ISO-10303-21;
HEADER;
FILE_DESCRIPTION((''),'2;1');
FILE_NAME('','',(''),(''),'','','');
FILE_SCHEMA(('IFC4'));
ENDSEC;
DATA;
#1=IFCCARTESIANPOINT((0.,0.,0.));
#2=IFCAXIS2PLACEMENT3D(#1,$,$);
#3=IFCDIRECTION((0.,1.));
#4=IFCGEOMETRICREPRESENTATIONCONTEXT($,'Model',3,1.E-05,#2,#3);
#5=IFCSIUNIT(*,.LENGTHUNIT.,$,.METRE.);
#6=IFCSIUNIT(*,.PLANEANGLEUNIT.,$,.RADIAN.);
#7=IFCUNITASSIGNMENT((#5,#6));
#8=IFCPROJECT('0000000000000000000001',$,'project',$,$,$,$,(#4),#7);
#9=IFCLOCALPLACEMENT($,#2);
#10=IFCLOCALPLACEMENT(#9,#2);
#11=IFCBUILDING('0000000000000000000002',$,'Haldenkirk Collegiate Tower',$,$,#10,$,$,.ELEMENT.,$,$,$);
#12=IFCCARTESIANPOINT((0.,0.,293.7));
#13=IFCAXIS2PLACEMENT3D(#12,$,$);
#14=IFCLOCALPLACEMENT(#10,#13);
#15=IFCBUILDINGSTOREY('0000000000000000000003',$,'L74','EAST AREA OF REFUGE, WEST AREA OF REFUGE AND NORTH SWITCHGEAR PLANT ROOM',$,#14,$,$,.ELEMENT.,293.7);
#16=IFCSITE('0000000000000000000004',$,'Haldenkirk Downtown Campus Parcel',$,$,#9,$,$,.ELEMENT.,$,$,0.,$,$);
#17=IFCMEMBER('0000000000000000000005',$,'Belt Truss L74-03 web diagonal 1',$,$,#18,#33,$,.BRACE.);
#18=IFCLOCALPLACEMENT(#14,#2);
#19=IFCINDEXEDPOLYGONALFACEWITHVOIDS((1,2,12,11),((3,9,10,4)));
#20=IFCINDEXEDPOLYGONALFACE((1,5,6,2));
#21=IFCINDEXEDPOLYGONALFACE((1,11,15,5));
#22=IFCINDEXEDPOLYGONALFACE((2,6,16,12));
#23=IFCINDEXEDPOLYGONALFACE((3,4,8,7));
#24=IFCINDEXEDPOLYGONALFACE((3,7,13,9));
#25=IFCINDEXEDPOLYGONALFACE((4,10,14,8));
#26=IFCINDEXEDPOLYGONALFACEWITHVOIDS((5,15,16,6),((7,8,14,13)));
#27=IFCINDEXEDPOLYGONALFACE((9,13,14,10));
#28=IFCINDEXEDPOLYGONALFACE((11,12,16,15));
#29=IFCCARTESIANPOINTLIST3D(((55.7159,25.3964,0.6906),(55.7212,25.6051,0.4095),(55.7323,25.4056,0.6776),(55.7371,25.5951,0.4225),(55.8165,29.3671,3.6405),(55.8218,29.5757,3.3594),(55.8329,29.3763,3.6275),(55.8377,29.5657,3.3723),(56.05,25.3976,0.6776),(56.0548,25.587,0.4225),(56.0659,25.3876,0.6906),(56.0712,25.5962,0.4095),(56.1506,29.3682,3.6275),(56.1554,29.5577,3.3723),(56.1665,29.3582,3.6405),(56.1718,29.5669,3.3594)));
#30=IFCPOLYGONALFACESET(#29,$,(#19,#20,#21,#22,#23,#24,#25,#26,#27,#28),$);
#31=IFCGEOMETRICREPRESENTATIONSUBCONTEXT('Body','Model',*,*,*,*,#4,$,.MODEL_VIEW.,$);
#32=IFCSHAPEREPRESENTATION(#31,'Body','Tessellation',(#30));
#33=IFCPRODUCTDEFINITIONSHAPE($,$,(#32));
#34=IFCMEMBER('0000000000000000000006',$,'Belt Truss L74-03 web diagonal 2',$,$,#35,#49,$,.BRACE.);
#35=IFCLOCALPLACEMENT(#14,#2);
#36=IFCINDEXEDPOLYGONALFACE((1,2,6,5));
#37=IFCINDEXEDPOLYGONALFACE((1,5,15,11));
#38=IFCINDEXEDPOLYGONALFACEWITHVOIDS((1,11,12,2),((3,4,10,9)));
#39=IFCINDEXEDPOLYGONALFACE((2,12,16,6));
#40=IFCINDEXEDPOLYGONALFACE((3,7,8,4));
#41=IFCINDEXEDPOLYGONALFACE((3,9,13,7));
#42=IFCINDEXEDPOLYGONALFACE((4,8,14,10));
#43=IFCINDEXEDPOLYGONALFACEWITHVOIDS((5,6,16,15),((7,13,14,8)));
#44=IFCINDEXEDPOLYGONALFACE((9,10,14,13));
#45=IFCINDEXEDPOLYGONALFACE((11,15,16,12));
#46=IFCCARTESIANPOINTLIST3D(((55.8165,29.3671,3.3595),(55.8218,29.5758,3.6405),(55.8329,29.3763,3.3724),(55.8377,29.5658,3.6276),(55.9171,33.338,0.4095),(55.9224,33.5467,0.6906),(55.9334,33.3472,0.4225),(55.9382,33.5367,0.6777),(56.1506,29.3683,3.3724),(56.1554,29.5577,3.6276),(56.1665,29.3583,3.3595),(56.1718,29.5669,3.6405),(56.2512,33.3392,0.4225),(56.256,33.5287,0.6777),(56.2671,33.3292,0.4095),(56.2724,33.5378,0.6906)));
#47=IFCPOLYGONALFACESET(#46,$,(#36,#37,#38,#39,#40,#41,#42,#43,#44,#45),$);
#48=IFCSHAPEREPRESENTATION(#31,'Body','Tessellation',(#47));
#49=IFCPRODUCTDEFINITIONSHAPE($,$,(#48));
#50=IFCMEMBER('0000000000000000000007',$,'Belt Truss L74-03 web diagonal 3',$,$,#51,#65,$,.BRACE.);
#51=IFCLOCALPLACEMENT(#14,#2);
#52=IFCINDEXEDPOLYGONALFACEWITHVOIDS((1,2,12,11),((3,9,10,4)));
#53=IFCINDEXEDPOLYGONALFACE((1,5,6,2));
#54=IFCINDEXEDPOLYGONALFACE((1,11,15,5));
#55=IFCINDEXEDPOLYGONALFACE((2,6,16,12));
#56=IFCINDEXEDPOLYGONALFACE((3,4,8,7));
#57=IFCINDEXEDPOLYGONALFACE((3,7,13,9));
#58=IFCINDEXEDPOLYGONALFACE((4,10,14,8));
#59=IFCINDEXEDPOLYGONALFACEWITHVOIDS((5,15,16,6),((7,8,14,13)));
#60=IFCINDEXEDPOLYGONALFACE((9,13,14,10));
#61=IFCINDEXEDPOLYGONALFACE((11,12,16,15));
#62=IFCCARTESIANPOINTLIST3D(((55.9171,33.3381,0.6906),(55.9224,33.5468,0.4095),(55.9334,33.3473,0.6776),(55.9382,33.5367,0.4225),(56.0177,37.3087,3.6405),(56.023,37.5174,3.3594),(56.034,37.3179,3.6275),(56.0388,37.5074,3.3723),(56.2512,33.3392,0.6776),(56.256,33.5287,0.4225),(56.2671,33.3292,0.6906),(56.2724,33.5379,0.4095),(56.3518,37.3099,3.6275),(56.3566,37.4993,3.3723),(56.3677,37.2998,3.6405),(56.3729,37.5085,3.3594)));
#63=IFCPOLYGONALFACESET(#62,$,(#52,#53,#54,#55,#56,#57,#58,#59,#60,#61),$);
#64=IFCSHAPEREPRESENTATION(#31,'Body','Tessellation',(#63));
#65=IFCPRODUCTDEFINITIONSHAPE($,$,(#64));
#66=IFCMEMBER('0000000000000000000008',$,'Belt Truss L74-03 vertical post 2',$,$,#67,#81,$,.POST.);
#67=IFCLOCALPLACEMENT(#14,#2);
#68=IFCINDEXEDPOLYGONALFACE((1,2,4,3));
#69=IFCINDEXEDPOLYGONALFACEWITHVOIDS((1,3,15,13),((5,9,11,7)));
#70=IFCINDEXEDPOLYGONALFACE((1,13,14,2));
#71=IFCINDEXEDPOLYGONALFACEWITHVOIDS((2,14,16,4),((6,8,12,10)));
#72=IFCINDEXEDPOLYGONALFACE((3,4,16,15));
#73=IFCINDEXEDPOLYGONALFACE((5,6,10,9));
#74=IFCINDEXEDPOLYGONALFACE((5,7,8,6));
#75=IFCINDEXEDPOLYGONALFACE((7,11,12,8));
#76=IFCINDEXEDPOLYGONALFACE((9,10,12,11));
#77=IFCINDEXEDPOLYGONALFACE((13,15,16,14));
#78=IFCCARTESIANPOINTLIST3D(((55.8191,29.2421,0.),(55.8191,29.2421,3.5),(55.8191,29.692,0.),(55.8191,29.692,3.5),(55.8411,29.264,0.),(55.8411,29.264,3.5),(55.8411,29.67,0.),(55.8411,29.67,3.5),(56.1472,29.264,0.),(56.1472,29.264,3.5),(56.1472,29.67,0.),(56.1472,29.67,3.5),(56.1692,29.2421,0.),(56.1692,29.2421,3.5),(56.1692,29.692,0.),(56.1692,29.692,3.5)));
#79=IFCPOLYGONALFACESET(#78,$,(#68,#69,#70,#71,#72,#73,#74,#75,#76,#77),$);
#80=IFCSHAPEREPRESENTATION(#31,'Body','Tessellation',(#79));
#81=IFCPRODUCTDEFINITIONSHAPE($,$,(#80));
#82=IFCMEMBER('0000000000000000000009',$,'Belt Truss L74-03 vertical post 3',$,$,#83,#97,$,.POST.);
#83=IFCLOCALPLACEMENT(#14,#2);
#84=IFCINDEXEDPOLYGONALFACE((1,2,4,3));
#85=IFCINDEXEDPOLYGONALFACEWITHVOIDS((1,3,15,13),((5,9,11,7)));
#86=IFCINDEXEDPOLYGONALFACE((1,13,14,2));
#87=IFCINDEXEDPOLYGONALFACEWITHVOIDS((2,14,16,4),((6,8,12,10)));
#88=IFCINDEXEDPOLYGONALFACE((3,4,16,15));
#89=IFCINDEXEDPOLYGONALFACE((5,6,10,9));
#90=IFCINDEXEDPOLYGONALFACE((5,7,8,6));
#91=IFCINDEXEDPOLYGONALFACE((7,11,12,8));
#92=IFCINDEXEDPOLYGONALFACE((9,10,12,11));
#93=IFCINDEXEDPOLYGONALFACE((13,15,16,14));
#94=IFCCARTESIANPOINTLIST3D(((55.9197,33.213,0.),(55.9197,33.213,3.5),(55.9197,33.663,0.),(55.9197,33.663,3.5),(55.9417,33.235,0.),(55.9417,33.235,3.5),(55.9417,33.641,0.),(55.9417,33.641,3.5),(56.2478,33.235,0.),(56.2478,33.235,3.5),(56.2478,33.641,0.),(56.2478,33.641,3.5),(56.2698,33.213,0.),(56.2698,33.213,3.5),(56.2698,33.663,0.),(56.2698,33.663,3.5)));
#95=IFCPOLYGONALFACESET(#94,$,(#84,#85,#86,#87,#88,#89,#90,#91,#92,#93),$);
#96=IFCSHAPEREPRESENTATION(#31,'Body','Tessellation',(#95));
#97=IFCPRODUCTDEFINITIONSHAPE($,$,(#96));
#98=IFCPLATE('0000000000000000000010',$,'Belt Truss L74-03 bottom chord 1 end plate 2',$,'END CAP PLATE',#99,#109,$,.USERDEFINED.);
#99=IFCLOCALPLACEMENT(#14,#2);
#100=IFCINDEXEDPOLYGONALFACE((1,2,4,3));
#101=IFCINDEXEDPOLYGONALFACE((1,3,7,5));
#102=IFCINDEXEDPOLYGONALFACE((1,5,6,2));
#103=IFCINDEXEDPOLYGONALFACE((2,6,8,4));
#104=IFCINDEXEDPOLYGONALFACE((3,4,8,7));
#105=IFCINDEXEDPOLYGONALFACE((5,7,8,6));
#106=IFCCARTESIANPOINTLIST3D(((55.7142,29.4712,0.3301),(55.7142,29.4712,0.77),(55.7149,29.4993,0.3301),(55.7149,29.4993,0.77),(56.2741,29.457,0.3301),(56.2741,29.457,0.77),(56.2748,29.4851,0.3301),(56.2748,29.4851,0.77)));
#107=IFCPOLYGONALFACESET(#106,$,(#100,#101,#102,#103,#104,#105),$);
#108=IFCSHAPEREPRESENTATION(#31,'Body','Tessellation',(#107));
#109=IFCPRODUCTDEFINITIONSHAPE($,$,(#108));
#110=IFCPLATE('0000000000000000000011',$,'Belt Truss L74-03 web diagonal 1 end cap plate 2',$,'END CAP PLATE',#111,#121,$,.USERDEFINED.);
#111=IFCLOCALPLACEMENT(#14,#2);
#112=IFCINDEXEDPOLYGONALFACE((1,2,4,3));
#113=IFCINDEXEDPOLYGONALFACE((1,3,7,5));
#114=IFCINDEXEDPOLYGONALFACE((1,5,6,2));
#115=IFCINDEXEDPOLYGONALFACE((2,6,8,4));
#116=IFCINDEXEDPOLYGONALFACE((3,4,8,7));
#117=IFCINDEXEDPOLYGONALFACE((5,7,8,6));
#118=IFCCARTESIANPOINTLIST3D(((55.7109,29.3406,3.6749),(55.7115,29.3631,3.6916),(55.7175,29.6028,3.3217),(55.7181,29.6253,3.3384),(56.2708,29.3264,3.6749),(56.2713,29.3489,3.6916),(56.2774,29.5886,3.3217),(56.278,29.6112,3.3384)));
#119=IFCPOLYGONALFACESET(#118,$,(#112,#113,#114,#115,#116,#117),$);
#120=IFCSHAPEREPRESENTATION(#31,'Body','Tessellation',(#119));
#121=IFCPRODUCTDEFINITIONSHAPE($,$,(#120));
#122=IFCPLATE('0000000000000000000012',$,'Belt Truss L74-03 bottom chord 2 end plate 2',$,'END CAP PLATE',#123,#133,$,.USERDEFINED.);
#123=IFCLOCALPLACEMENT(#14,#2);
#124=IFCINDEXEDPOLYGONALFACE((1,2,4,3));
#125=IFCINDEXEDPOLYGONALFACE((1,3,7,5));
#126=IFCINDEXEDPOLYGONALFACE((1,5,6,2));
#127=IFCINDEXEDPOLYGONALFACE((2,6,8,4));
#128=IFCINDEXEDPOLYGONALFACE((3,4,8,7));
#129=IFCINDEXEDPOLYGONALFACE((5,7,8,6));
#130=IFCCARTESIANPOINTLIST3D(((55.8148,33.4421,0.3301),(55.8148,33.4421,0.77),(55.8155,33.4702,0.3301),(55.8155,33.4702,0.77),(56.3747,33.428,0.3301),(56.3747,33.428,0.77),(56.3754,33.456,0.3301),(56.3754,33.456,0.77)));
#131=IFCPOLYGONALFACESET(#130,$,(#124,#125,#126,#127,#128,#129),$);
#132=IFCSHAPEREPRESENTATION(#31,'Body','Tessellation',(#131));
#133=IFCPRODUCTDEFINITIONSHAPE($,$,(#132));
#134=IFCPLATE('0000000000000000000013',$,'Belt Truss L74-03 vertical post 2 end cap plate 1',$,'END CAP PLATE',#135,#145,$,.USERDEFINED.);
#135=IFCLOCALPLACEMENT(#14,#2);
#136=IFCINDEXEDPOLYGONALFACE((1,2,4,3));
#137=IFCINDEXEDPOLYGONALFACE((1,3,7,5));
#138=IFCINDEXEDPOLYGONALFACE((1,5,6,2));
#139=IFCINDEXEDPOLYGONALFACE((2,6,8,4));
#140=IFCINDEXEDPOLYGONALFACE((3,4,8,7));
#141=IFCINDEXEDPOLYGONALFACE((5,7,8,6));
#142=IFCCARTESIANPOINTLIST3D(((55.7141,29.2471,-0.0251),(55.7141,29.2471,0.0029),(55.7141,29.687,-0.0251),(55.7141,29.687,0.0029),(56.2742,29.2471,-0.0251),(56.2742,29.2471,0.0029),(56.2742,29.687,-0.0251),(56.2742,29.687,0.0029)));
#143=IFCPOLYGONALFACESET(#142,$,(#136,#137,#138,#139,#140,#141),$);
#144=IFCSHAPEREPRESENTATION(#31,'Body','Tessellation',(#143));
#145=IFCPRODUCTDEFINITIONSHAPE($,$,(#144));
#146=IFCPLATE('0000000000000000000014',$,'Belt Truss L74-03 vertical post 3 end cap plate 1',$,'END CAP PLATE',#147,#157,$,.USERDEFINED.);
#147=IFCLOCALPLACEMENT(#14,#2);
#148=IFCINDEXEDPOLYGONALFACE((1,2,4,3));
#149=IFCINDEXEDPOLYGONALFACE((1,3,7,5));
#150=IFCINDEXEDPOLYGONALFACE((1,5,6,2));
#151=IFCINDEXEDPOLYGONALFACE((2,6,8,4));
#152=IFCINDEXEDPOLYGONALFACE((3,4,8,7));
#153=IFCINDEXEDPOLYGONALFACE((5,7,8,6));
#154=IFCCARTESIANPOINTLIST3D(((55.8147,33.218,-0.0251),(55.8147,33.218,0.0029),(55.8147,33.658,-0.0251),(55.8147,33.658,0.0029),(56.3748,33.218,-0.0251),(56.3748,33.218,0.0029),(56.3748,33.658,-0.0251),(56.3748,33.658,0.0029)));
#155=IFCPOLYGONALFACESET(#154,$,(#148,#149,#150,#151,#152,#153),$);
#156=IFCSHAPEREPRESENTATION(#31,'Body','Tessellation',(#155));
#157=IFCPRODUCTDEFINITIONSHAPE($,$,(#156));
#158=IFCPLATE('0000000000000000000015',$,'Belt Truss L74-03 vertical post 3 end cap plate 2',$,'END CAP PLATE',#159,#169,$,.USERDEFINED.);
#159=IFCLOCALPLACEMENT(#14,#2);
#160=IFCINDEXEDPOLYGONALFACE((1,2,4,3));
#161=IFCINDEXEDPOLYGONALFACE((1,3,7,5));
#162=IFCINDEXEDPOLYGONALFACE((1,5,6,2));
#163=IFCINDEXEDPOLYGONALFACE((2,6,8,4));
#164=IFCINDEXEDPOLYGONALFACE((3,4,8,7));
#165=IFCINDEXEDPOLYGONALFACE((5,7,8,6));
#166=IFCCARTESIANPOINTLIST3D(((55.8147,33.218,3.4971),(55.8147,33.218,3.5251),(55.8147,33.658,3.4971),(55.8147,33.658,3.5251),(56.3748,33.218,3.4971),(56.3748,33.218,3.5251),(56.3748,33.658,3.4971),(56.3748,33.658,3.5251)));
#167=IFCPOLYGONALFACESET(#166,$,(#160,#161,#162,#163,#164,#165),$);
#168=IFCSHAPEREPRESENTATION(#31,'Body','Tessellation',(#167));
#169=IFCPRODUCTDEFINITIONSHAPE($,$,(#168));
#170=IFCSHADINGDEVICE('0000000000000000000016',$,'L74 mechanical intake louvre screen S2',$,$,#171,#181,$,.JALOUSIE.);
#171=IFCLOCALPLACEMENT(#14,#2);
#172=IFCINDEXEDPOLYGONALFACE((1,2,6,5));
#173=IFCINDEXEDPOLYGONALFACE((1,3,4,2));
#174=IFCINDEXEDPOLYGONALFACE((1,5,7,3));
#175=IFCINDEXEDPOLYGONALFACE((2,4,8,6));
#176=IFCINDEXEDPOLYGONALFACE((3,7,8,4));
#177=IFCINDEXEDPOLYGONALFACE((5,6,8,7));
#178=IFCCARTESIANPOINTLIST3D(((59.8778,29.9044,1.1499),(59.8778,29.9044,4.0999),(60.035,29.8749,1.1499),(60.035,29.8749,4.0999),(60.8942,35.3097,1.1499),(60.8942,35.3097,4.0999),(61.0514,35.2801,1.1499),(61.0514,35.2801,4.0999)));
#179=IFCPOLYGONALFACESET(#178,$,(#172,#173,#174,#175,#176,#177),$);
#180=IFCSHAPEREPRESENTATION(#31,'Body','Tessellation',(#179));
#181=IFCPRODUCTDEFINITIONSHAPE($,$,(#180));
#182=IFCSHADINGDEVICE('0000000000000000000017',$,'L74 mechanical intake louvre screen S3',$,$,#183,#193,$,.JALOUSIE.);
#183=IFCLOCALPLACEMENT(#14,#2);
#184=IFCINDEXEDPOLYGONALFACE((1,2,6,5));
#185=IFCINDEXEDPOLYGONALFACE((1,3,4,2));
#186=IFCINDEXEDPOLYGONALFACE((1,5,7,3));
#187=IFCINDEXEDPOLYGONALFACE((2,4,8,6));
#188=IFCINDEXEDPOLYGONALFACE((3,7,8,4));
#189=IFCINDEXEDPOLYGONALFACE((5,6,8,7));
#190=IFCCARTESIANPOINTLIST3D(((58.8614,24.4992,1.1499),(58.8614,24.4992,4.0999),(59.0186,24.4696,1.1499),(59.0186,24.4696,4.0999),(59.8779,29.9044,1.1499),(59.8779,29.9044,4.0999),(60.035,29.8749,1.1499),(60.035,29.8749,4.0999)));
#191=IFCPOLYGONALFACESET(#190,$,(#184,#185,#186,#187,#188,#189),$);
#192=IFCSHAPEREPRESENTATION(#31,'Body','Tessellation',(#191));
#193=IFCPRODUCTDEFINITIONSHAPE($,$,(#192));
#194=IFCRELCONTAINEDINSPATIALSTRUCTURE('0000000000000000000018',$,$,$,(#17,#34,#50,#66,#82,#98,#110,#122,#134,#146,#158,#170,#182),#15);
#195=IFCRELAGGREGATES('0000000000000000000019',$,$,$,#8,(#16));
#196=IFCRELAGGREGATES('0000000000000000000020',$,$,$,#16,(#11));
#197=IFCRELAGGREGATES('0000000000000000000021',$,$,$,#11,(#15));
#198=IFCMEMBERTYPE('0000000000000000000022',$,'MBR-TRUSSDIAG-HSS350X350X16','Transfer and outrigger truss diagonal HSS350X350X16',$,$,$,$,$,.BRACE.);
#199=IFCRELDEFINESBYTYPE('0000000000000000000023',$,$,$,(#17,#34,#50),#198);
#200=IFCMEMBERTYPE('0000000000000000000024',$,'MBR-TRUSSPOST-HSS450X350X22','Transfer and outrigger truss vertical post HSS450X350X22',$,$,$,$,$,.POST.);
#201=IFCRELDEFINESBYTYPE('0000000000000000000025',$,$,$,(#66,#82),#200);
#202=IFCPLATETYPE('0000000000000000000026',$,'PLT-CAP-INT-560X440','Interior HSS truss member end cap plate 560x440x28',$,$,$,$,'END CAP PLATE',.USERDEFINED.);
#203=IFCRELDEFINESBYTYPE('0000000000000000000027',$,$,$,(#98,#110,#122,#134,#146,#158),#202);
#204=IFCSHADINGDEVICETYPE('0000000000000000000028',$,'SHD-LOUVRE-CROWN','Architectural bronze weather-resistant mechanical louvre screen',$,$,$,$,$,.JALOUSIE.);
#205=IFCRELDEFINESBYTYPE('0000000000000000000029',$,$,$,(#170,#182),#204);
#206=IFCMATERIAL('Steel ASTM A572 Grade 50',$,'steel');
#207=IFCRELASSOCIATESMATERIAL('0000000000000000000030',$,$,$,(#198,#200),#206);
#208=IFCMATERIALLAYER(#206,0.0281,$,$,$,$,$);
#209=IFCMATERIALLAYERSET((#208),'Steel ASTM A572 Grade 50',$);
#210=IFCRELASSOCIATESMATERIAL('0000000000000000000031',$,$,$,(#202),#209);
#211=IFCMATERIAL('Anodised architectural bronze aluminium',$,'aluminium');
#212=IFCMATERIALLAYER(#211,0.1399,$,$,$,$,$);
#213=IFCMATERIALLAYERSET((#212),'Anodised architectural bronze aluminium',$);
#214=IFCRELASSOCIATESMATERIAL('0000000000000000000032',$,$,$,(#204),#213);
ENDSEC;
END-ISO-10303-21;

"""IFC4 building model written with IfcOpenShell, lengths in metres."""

from ifc_helpers import new_model, si_unit, direction, frame, origin, origin_2d, place, context, subcontext, project, spatial, rectangle, hollow_rectangle, extrude, source, transform, mapped, material, layer, layer_set, material_profile, profile_set, type_object, element, save


model = new_model("IFC4")

# Units and contexts
model_context = context("Model", 3, precision=1e-05, world=origin(), true_north=direction((0.0, 1.0)))
body_context = subcontext(model_context, "Body", "Model", "MODEL_VIEW")
ifc_project = project(units=[si_unit("LENGTHUNIT", "METRE"), si_unit("PLANEANGLEUNIT", "RADIAN")], contexts=[model_context])

# Site, building, storey
site_placement = place(None, origin())
site = spatial("IfcSite", under=ifc_project, at=site_placement, Name="Haldenkirk Downtown Campus Parcel", CompositionType="ELEMENT", RefElevation=0.0)
building_placement = place(site_placement, origin())
building = spatial("IfcBuilding", under=site, at=building_placement, Name="Haldenkirk Collegiate Tower", CompositionType="ELEMENT")
storey_placement = place(building_placement, frame((0.0, 0.0, 293.7)))
storey = spatial("IfcBuildingStorey", under=building, at=storey_placement, Name="L74", Description="EAST AREA OF REFUGE, WEST AREA OF REFUGE AND NORTH SWITCHGEAR PLANT ROOM", CompositionType="ELEMENT", Elevation=293.7)

# Members
ifc_material_1 = material(Name="Steel ASTM A572 Grade 50", Category="steel")
ifc_material_profile_1 = material_profile(ifc_material_1, hollow_rectangle(XDim=0.3501, YDim=0.3501, WallThickness=0.0161, at=origin_2d()), Name="HSS350X350X16")
ifc_profile_set_1 = profile_set([ifc_material_profile_1], Name="Steel ASTM A572 Grade 50")
member_type_1 = type_object("IfcMemberType", Name="MBR-TRUSSDIAG-HSS350X350X16", Description="Transfer and outrigger truss diagonal HSS350X350X16", PredefinedType="BRACE", material=ifc_profile_set_1)
member_1_placement = place(storey_placement, frame((55.8936, 25.4963, 0.55), z_axis=(0.02033, 0.80255, 0.596238), x_axis=(-0.999679, 0.025324, 0.0)))
element("IfcMember", 1, at=member_1_placement, inside=storey, type_object=member_type_1, Name="Belt Truss L74-03 web diagonal 1", PredefinedType="BRACE", context=body_context, shape_type="SweptSolid", body=[
    extrude(hollow_rectangle(XDim=0.3501, YDim=0.3501, WallThickness=0.0161, at=origin_2d()), origin(), (0.0, 0.0, 1.0), 4.9475),
])
member_2_placement = place(storey_placement, frame((55.9941, 29.467, 3.5), z_axis=(0.020329, 0.802568, -0.596214), x_axis=(-0.999679, 0.025322, 0.0)))
element("IfcMember", 2, at=member_2_placement, inside=storey, type_object=member_type_1, Name="Belt Truss L74-03 web diagonal 2", PredefinedType="BRACE", context=body_context, shape_type="SweptSolid", body=[
    extrude(hollow_rectangle(XDim=0.3501, YDim=0.3501, WallThickness=0.0161, at=origin_2d()), origin(), (0.0, 0.0, 1.0), 4.9478),
])
member_3_placement = place(storey_placement, frame((56.0947, 33.438, 0.55), z_axis=(0.02033, 0.80255, 0.596238), x_axis=(-0.999679, 0.025324, 0.0)))
element("IfcMember", 3, at=member_3_placement, inside=storey, type_object=member_type_1, Name="Belt Truss L74-03 web diagonal 3", PredefinedType="BRACE", context=body_context, shape_type="SweptSolid", body=[
    extrude(hollow_rectangle(XDim=0.3501, YDim=0.3501, WallThickness=0.0161, at=origin_2d()), origin(), (0.0, 0.0, 1.0), 4.9475),
])
ifc_material_profile_2 = material_profile(ifc_material_1, hollow_rectangle(XDim=0.3501, YDim=0.45, WallThickness=0.022, at=origin_2d()), Name="HSS450X350X22")
ifc_profile_set_2 = profile_set([ifc_material_profile_2], Name="Steel ASTM A572 Grade 50")
member_type_2 = type_object("IfcMemberType", Name="MBR-TRUSSPOST-HSS450X350X22", Description="Transfer and outrigger truss vertical post HSS450X350X22", PredefinedType="POST", material=ifc_profile_set_2)
for number, where, z_axis, x_axis, name in (
    (4, (55.9941, 29.467, 0.0), (0.0, 0.0, 1.0), (1.0, 0.0, 0.0), "Belt Truss L74-03 vertical post 2"),
    (5, (56.0947, 33.438, 0.0), (0.0, 0.0, 1.0), (1.0, 0.0, 0.0), "Belt Truss L74-03 vertical post 3"),
):
    element("IfcMember", number, at=place(storey_placement, frame(where, z_axis=z_axis, x_axis=x_axis)), inside=storey, type_object=member_type_2, Name=name, PredefinedType="POST", context=body_context, shape_type="SweptSolid", body=[
        extrude(hollow_rectangle(XDim=0.3501, YDim=0.45, WallThickness=0.022, at=origin_2d()), origin(), (0.0, 0.0, 1.0), 3.5),
    ])

# Plates
ifc_layer_1 = layer(ifc_material_1, 0.0281)
ifc_layer_set_1 = layer_set([ifc_layer_1], Name="Steel ASTM A572 Grade 50")
plate_type = type_object("IfcPlateType", Name="PLT-CAP-INT-560X440", Description="Interior HSS truss member end cap plate 560x440x28", ElementType="END CAP PLATE", PredefinedType="USERDEFINED", material=ifc_layer_set_1)
shared_shape_1 = source(origin(), body_context, "Body", "SweptSolid", [
    extrude(rectangle(XDim=0.5601, YDim=0.4399, at=origin_2d()), origin(), (0.0, 0.0, 1.0), 0.0281),
])
for number, where, z_axis, x_axis, name in (
    (6, (55.9941, 29.4641, 0.55), (0.02531, 0.99968, 0.0), (-0.99968, 0.02531, 0.0), "Belt Truss L74-03 bottom chord 1 end plate 2"),
    (7, (55.9941, 29.4646, 3.4983), (0.020313, 0.802546, 0.596245), (-0.99968, 0.025302, 0.0), "Belt Truss L74-03 web diagonal 1 end cap plate 2"),
    (8, (56.0947, 33.4351, 0.55), (0.02531, 0.99968, 0.0), (-0.99968, 0.02531, 0.0), "Belt Truss L74-03 bottom chord 2 end plate 2"),
    (9, (55.9941, 29.467, 0.0029), (0.0, 0.0, -1.0), (1.0, 0.0, 0.0), "Belt Truss L74-03 vertical post 2 end cap plate 1"),
    (10, (56.0947, 33.438, 0.0029), (0.0, 0.0, -1.0), (1.0, 0.0, 0.0), "Belt Truss L74-03 vertical post 3 end cap plate 1"),
    (11, (56.0947, 33.438, 3.4971), (0.0, 0.0, 1.0), (1.0, 0.0, 0.0), "Belt Truss L74-03 vertical post 3 end cap plate 2"),
):
    element("IfcPlate", number, at=place(storey_placement, frame(where, z_axis=z_axis, x_axis=x_axis)), inside=storey, type_object=plate_type, Name=name, ObjectType="END CAP PLATE", PredefinedType="USERDEFINED", context=body_context, shape_type="MappedRepresentation", body=[
        mapped(shared_shape_1, transform((0.0, 0.0, 0.0), x_axis=(1.0, 0.0, 0.0), y_axis=(0.0, 1.0, 0.0), z_axis=(0.0, 0.0, 1.0), scale=1.0)),
    ])

# Shading devices
ifc_material_2 = material(Name="Anodised architectural bronze aluminium", Category="aluminium")
ifc_layer_2 = layer(ifc_material_2, 0.1399)
ifc_layer_set_2 = layer_set([ifc_layer_2], Name="Anodised architectural bronze aluminium")
shading_device_type = type_object("IfcShadingDeviceType", Name="SHD-LOUVRE-CROWN", Description="Architectural bronze weather-resistant mechanical louvre screen", PredefinedType="JALOUSIE", material=ifc_layer_set_2)
shared_shape_2 = source(origin(), body_context, "Body", "SweptSolid", [
    extrude(rectangle(XDim=5.5, YDim=0.1599, at=origin_2d()), origin(), (0.0, 0.0, 1.0), 2.95),
])
for number, where, z_axis, x_axis, name in (
    (12, (60.4646, 32.5923, 1.1499), (0.0, 0.0, 1.0), (-0.184809, -0.982774, 0.0), "L74 mechanical intake louvre screen S2"),
    (13, (59.4482, 27.187, 1.1499), (0.0, 0.0, 1.0), (-0.184809, -0.982774, 0.0), "L74 mechanical intake louvre screen S3"),
):
    element("IfcShadingDevice", number, at=place(storey_placement, frame(where, z_axis=z_axis, x_axis=x_axis)), inside=storey, type_object=shading_device_type, Name=name, PredefinedType="JALOUSIE", context=body_context, shape_type="MappedRepresentation", body=[
        mapped(shared_shape_2, transform((0.0, 0.0, 0.0), x_axis=(1.0, 0.0, 0.0), y_axis=(0.0, 1.0, 0.0), z_axis=(0.0, 0.0, 1.0), scale=1.0)),
    ])

save(model, "model.ifc")
